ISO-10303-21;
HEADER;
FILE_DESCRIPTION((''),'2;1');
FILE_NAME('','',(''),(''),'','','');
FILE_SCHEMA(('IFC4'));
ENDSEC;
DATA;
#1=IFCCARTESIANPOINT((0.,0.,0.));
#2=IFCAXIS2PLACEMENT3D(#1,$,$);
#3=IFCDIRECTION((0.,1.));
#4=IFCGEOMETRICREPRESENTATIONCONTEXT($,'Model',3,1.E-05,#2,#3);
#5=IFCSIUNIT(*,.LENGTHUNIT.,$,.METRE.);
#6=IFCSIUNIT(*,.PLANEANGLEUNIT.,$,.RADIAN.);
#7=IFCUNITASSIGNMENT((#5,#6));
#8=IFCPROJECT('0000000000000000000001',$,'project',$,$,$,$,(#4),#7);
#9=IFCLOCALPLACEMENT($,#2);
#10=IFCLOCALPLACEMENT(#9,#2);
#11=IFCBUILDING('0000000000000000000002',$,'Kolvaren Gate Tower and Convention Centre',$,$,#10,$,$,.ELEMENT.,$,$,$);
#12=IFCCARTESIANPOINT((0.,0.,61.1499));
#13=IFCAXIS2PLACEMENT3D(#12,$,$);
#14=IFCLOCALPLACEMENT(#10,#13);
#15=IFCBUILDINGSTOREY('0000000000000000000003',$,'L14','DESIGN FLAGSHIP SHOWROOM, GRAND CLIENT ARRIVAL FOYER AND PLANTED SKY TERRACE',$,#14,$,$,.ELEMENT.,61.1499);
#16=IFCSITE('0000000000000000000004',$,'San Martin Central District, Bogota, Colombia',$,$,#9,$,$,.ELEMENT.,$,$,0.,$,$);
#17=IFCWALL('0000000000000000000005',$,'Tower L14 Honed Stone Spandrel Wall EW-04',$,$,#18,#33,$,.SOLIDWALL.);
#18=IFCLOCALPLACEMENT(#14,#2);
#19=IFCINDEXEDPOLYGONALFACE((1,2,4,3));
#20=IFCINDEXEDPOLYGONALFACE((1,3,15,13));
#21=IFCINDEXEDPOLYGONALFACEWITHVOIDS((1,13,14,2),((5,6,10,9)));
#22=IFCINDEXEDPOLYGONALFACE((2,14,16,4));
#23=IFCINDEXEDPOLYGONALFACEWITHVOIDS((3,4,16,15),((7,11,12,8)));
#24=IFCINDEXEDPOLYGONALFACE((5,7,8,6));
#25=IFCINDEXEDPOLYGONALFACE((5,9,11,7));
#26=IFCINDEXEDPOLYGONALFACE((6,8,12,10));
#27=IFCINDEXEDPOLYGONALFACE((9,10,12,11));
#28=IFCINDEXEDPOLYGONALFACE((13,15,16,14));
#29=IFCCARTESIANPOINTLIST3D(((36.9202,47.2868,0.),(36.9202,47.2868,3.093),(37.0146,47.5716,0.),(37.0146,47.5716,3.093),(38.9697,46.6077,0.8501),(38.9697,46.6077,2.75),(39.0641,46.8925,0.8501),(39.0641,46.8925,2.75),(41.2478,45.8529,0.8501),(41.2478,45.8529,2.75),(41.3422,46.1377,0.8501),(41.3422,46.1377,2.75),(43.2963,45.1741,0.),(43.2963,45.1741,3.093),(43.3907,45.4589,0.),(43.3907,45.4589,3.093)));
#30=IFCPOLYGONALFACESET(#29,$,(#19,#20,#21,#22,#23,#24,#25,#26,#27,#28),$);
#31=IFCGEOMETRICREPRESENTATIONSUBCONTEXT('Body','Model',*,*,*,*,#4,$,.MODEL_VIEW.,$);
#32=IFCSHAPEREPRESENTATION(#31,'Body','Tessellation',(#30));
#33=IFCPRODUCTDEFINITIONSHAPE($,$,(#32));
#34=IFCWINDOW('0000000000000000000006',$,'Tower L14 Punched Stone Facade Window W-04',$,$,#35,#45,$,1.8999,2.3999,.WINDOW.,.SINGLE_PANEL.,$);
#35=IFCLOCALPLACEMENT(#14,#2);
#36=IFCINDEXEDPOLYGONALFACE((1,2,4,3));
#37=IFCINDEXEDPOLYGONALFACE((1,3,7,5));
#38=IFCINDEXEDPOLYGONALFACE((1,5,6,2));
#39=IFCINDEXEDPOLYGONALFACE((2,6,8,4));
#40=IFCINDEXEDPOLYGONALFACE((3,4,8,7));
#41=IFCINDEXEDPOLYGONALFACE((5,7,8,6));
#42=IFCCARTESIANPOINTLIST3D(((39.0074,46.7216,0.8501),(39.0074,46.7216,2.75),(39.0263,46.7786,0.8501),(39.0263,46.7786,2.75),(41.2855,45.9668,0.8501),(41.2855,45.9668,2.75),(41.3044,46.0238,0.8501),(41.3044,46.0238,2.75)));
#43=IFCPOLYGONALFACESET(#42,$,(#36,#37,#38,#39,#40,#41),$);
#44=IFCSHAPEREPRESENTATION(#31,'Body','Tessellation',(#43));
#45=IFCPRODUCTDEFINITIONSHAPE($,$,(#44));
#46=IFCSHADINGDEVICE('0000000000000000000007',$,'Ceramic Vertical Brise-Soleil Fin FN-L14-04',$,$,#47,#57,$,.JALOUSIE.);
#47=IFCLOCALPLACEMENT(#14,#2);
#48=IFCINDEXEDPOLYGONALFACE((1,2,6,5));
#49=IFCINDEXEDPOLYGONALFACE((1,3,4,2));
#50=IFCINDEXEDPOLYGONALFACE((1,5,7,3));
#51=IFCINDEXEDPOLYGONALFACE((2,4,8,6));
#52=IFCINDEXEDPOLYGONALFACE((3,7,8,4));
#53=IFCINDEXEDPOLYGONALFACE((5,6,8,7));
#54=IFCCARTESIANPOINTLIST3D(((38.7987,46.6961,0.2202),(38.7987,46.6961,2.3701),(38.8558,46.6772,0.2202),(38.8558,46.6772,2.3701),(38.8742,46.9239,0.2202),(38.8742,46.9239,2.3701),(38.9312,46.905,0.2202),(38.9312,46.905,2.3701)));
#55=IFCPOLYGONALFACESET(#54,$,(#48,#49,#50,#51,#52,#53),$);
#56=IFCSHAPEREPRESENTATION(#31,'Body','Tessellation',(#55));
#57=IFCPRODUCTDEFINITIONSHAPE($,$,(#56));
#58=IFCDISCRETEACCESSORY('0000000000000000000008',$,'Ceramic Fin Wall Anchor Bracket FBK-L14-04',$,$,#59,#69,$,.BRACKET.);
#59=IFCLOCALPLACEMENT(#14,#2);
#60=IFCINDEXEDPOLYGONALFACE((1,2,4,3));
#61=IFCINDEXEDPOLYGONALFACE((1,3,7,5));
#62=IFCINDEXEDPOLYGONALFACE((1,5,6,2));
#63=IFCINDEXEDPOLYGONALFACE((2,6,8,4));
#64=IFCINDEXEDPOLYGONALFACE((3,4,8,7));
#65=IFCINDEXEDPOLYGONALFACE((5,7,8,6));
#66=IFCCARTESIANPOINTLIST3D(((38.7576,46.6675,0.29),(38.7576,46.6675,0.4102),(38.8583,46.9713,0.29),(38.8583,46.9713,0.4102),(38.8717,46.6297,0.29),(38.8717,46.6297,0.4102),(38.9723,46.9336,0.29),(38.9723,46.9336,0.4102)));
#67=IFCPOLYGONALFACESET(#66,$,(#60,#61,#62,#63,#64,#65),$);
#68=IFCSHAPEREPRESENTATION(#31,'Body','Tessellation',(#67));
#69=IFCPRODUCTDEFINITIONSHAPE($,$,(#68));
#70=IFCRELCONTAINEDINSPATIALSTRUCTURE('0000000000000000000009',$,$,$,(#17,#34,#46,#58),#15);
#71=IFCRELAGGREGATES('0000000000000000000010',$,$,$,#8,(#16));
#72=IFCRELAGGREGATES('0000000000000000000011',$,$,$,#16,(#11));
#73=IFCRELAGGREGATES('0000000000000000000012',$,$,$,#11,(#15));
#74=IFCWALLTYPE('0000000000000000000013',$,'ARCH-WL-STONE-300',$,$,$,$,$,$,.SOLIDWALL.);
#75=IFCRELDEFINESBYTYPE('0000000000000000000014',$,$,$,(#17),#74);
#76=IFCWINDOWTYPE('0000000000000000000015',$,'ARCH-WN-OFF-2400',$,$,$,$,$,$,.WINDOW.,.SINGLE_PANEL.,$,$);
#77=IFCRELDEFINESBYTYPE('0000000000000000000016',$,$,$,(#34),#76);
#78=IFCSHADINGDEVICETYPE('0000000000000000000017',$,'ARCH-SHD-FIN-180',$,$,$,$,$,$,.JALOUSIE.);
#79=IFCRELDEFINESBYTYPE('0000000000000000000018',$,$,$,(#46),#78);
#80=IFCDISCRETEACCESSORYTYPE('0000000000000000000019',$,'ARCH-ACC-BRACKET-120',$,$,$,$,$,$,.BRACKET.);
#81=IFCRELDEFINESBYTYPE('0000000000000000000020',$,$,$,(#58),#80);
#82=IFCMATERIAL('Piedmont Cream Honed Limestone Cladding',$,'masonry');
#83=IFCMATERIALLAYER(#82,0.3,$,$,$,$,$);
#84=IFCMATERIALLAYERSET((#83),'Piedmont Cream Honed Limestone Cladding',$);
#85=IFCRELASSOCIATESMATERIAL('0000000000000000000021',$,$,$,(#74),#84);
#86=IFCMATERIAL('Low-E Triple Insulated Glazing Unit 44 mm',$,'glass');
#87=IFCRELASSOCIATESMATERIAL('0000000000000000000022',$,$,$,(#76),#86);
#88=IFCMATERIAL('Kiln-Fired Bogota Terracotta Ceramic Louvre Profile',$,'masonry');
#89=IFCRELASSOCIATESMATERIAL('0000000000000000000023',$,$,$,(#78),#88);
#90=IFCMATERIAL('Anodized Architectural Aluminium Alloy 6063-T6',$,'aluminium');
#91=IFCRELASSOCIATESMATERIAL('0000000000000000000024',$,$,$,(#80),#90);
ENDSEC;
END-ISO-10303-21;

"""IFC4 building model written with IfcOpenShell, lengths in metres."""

from ifc_helpers import new_model, si_unit, direction, frame, frame_2d, origin, origin_2d, place, context, subcontext, project, spatial, rectangle, extrude, material, layer, layer_set, type_object, element, fill, save


model = new_model("IFC4")

# Units and contexts
model_context = context("Model", 3, precision=1e-05, world=origin(), true_north=direction((0.0, 1.0)))
body_context = subcontext(model_context, "Body", "Model", "MODEL_VIEW")
ifc_project = project(units=[si_unit("LENGTHUNIT", "METRE"), si_unit("PLANEANGLEUNIT", "RADIAN")], contexts=[model_context])

# Site, building, storey
site_placement = place(None, origin())
site = spatial("IfcSite", under=ifc_project, at=site_placement, Name="San Martin Central District, Bogota, Colombia", CompositionType="ELEMENT", RefElevation=0.0)
building_placement = place(site_placement, origin())
building = spatial("IfcBuilding", under=site, at=building_placement, Name="Kolvaren Gate Tower and Convention Centre", CompositionType="ELEMENT")
storey_placement = place(building_placement, frame((0.0, 0.0, 61.1499)))
storey = spatial("IfcBuildingStorey", under=building, at=storey_placement, Name="L14", Description="DESIGN FLAGSHIP SHOWROOM, GRAND CLIENT ARRIVAL FOYER AND PLANTED SKY TERRACE", CompositionType="ELEMENT", Elevation=61.1499)

# Shared definitions
ifc_material_1 = material(Name="Anodized Architectural Aluminium Alloy 6063-T6", Category="aluminium")

# Shared definitions
ifc_material_2 = material(Name="Low-E Triple Insulated Glazing Unit 44 mm", Category="glass")

# Wall, opening, window
ifc_material_3 = material(Name="Piedmont Cream Honed Limestone Cladding", Category="masonry")
ifc_layer_1 = layer(ifc_material_3, 0.3)
ifc_layer_set_1 = layer_set([ifc_layer_1], Name="Piedmont Cream Honed Limestone Cladding")
wall_type_1 = type_object("IfcWallType", Name="ARCH-WL-STONE-300", PredefinedType="SOLIDWALL", material=ifc_layer_set_1)
wall_1_placement = place(storey_placement, frame((36.9675, 47.4292, 0.0), z_axis=(0.0, 0.0, 1.0), x_axis=(0.949245, -0.314537, 0.0)))
wall_1 = element("IfcWall", 1, at=wall_1_placement, inside=storey, type_object=wall_type_1, Name="Tower L14 Honed Stone Spandrel Wall EW-04", PredefinedType="SOLIDWALL", context=body_context, shape_type="SweptSolid", body=[
    extrude(rectangle(XDim=6.717, YDim=0.3, at=frame_2d((3.3584, 0.0))), origin(), (0.0, 0.0, 1.0), 3.093),
])
opening_placement = place(wall_1_placement, frame((2.1589, 0.0, 0.8501)))
opening = element("IfcOpeningElement", 2, at=opening_placement, cuts=wall_1, PredefinedType="OPENING", context=body_context, shape_type="SweptSolid", body=[
    extrude(rectangle(XDim=2.3999, YDim=1.8999, at=frame_2d((1.2, 0.95))), frame((0.0, 0.1599, 0.0), z_axis=(0.0, -1.0, 0.0), x_axis=(1.0, 0.0, 0.0)), (0.0, 0.0, 1.0), 0.3201),
])
window_type = type_object("IfcWindowType", Name="ARCH-WN-OFF-2400", PartitioningType="SINGLE_PANEL", PredefinedType="WINDOW", material=ifc_material_2)
window_placement = place(opening_placement, origin())
window = element("IfcWindow", 3, at=window_placement, inside=storey, type_object=window_type, Name="Tower L14 Punched Stone Facade Window W-04", OverallHeight=1.8999, OverallWidth=2.3999, PartitioningType="SINGLE_PANEL", PredefinedType="WINDOW", context=body_context, shape_type="SweptSolid", body=[
    extrude(rectangle(XDim=2.3999, YDim=1.8999, at=frame_2d((1.2, 0.95))), frame((0.0, 0.03, 0.0), z_axis=(0.0, -1.0, 0.0), x_axis=(1.0, 0.0, 0.0)), (0.0, 0.0, 1.0), 0.0601),
])
fill(opening, window)

# Shading device
ifc_material_4 = material(Name="Kiln-Fired Bogota Terracotta Ceramic Louvre Profile", Category="masonry")
shading_device_type = type_object("IfcShadingDeviceType", Name="ARCH-SHD-FIN-180", PredefinedType="JALOUSIE", material=ifc_material_4)
shading_device_placement = place(storey_placement, frame((38.865, 46.8005, 0.2202), z_axis=(0.0, 0.0, 1.0), x_axis=(0.949242, -0.314548, 0.0)))
element("IfcShadingDevice", 4, at=shading_device_placement, inside=storey, type_object=shading_device_type, Name="Ceramic Vertical Brise-Soleil Fin FN-L14-04", PredefinedType="JALOUSIE", context=body_context, shape_type="SweptSolid", body=[
    extrude(rectangle(XDim=0.0601, YDim=0.24, at=origin_2d()), origin(), (0.0, 0.0, 1.0), 2.1499),
])

# Discrete accessory
discrete_accessory_type = type_object("IfcDiscreteAccessoryType", Name="ARCH-ACC-BRACKET-120", PredefinedType="BRACKET", material=ifc_material_1)
discrete_accessory_placement = place(storey_placement, frame((38.865, 46.8005, 0.29), z_axis=(0.0, 0.0, 1.0), x_axis=(0.949242, -0.314548, 0.0)))
element("IfcDiscreteAccessory", 5, at=discrete_accessory_placement, inside=storey, type_object=discrete_accessory_type, Name="Ceramic Fin Wall Anchor Bracket FBK-L14-04", PredefinedType="BRACKET", context=body_context, shape_type="SweptSolid", body=[
    extrude(rectangle(XDim=0.1201, YDim=0.3201, at=origin_2d()), origin(), (0.0, 0.0, 1.0), 0.1201),
])

save(model, "model.ifc")
